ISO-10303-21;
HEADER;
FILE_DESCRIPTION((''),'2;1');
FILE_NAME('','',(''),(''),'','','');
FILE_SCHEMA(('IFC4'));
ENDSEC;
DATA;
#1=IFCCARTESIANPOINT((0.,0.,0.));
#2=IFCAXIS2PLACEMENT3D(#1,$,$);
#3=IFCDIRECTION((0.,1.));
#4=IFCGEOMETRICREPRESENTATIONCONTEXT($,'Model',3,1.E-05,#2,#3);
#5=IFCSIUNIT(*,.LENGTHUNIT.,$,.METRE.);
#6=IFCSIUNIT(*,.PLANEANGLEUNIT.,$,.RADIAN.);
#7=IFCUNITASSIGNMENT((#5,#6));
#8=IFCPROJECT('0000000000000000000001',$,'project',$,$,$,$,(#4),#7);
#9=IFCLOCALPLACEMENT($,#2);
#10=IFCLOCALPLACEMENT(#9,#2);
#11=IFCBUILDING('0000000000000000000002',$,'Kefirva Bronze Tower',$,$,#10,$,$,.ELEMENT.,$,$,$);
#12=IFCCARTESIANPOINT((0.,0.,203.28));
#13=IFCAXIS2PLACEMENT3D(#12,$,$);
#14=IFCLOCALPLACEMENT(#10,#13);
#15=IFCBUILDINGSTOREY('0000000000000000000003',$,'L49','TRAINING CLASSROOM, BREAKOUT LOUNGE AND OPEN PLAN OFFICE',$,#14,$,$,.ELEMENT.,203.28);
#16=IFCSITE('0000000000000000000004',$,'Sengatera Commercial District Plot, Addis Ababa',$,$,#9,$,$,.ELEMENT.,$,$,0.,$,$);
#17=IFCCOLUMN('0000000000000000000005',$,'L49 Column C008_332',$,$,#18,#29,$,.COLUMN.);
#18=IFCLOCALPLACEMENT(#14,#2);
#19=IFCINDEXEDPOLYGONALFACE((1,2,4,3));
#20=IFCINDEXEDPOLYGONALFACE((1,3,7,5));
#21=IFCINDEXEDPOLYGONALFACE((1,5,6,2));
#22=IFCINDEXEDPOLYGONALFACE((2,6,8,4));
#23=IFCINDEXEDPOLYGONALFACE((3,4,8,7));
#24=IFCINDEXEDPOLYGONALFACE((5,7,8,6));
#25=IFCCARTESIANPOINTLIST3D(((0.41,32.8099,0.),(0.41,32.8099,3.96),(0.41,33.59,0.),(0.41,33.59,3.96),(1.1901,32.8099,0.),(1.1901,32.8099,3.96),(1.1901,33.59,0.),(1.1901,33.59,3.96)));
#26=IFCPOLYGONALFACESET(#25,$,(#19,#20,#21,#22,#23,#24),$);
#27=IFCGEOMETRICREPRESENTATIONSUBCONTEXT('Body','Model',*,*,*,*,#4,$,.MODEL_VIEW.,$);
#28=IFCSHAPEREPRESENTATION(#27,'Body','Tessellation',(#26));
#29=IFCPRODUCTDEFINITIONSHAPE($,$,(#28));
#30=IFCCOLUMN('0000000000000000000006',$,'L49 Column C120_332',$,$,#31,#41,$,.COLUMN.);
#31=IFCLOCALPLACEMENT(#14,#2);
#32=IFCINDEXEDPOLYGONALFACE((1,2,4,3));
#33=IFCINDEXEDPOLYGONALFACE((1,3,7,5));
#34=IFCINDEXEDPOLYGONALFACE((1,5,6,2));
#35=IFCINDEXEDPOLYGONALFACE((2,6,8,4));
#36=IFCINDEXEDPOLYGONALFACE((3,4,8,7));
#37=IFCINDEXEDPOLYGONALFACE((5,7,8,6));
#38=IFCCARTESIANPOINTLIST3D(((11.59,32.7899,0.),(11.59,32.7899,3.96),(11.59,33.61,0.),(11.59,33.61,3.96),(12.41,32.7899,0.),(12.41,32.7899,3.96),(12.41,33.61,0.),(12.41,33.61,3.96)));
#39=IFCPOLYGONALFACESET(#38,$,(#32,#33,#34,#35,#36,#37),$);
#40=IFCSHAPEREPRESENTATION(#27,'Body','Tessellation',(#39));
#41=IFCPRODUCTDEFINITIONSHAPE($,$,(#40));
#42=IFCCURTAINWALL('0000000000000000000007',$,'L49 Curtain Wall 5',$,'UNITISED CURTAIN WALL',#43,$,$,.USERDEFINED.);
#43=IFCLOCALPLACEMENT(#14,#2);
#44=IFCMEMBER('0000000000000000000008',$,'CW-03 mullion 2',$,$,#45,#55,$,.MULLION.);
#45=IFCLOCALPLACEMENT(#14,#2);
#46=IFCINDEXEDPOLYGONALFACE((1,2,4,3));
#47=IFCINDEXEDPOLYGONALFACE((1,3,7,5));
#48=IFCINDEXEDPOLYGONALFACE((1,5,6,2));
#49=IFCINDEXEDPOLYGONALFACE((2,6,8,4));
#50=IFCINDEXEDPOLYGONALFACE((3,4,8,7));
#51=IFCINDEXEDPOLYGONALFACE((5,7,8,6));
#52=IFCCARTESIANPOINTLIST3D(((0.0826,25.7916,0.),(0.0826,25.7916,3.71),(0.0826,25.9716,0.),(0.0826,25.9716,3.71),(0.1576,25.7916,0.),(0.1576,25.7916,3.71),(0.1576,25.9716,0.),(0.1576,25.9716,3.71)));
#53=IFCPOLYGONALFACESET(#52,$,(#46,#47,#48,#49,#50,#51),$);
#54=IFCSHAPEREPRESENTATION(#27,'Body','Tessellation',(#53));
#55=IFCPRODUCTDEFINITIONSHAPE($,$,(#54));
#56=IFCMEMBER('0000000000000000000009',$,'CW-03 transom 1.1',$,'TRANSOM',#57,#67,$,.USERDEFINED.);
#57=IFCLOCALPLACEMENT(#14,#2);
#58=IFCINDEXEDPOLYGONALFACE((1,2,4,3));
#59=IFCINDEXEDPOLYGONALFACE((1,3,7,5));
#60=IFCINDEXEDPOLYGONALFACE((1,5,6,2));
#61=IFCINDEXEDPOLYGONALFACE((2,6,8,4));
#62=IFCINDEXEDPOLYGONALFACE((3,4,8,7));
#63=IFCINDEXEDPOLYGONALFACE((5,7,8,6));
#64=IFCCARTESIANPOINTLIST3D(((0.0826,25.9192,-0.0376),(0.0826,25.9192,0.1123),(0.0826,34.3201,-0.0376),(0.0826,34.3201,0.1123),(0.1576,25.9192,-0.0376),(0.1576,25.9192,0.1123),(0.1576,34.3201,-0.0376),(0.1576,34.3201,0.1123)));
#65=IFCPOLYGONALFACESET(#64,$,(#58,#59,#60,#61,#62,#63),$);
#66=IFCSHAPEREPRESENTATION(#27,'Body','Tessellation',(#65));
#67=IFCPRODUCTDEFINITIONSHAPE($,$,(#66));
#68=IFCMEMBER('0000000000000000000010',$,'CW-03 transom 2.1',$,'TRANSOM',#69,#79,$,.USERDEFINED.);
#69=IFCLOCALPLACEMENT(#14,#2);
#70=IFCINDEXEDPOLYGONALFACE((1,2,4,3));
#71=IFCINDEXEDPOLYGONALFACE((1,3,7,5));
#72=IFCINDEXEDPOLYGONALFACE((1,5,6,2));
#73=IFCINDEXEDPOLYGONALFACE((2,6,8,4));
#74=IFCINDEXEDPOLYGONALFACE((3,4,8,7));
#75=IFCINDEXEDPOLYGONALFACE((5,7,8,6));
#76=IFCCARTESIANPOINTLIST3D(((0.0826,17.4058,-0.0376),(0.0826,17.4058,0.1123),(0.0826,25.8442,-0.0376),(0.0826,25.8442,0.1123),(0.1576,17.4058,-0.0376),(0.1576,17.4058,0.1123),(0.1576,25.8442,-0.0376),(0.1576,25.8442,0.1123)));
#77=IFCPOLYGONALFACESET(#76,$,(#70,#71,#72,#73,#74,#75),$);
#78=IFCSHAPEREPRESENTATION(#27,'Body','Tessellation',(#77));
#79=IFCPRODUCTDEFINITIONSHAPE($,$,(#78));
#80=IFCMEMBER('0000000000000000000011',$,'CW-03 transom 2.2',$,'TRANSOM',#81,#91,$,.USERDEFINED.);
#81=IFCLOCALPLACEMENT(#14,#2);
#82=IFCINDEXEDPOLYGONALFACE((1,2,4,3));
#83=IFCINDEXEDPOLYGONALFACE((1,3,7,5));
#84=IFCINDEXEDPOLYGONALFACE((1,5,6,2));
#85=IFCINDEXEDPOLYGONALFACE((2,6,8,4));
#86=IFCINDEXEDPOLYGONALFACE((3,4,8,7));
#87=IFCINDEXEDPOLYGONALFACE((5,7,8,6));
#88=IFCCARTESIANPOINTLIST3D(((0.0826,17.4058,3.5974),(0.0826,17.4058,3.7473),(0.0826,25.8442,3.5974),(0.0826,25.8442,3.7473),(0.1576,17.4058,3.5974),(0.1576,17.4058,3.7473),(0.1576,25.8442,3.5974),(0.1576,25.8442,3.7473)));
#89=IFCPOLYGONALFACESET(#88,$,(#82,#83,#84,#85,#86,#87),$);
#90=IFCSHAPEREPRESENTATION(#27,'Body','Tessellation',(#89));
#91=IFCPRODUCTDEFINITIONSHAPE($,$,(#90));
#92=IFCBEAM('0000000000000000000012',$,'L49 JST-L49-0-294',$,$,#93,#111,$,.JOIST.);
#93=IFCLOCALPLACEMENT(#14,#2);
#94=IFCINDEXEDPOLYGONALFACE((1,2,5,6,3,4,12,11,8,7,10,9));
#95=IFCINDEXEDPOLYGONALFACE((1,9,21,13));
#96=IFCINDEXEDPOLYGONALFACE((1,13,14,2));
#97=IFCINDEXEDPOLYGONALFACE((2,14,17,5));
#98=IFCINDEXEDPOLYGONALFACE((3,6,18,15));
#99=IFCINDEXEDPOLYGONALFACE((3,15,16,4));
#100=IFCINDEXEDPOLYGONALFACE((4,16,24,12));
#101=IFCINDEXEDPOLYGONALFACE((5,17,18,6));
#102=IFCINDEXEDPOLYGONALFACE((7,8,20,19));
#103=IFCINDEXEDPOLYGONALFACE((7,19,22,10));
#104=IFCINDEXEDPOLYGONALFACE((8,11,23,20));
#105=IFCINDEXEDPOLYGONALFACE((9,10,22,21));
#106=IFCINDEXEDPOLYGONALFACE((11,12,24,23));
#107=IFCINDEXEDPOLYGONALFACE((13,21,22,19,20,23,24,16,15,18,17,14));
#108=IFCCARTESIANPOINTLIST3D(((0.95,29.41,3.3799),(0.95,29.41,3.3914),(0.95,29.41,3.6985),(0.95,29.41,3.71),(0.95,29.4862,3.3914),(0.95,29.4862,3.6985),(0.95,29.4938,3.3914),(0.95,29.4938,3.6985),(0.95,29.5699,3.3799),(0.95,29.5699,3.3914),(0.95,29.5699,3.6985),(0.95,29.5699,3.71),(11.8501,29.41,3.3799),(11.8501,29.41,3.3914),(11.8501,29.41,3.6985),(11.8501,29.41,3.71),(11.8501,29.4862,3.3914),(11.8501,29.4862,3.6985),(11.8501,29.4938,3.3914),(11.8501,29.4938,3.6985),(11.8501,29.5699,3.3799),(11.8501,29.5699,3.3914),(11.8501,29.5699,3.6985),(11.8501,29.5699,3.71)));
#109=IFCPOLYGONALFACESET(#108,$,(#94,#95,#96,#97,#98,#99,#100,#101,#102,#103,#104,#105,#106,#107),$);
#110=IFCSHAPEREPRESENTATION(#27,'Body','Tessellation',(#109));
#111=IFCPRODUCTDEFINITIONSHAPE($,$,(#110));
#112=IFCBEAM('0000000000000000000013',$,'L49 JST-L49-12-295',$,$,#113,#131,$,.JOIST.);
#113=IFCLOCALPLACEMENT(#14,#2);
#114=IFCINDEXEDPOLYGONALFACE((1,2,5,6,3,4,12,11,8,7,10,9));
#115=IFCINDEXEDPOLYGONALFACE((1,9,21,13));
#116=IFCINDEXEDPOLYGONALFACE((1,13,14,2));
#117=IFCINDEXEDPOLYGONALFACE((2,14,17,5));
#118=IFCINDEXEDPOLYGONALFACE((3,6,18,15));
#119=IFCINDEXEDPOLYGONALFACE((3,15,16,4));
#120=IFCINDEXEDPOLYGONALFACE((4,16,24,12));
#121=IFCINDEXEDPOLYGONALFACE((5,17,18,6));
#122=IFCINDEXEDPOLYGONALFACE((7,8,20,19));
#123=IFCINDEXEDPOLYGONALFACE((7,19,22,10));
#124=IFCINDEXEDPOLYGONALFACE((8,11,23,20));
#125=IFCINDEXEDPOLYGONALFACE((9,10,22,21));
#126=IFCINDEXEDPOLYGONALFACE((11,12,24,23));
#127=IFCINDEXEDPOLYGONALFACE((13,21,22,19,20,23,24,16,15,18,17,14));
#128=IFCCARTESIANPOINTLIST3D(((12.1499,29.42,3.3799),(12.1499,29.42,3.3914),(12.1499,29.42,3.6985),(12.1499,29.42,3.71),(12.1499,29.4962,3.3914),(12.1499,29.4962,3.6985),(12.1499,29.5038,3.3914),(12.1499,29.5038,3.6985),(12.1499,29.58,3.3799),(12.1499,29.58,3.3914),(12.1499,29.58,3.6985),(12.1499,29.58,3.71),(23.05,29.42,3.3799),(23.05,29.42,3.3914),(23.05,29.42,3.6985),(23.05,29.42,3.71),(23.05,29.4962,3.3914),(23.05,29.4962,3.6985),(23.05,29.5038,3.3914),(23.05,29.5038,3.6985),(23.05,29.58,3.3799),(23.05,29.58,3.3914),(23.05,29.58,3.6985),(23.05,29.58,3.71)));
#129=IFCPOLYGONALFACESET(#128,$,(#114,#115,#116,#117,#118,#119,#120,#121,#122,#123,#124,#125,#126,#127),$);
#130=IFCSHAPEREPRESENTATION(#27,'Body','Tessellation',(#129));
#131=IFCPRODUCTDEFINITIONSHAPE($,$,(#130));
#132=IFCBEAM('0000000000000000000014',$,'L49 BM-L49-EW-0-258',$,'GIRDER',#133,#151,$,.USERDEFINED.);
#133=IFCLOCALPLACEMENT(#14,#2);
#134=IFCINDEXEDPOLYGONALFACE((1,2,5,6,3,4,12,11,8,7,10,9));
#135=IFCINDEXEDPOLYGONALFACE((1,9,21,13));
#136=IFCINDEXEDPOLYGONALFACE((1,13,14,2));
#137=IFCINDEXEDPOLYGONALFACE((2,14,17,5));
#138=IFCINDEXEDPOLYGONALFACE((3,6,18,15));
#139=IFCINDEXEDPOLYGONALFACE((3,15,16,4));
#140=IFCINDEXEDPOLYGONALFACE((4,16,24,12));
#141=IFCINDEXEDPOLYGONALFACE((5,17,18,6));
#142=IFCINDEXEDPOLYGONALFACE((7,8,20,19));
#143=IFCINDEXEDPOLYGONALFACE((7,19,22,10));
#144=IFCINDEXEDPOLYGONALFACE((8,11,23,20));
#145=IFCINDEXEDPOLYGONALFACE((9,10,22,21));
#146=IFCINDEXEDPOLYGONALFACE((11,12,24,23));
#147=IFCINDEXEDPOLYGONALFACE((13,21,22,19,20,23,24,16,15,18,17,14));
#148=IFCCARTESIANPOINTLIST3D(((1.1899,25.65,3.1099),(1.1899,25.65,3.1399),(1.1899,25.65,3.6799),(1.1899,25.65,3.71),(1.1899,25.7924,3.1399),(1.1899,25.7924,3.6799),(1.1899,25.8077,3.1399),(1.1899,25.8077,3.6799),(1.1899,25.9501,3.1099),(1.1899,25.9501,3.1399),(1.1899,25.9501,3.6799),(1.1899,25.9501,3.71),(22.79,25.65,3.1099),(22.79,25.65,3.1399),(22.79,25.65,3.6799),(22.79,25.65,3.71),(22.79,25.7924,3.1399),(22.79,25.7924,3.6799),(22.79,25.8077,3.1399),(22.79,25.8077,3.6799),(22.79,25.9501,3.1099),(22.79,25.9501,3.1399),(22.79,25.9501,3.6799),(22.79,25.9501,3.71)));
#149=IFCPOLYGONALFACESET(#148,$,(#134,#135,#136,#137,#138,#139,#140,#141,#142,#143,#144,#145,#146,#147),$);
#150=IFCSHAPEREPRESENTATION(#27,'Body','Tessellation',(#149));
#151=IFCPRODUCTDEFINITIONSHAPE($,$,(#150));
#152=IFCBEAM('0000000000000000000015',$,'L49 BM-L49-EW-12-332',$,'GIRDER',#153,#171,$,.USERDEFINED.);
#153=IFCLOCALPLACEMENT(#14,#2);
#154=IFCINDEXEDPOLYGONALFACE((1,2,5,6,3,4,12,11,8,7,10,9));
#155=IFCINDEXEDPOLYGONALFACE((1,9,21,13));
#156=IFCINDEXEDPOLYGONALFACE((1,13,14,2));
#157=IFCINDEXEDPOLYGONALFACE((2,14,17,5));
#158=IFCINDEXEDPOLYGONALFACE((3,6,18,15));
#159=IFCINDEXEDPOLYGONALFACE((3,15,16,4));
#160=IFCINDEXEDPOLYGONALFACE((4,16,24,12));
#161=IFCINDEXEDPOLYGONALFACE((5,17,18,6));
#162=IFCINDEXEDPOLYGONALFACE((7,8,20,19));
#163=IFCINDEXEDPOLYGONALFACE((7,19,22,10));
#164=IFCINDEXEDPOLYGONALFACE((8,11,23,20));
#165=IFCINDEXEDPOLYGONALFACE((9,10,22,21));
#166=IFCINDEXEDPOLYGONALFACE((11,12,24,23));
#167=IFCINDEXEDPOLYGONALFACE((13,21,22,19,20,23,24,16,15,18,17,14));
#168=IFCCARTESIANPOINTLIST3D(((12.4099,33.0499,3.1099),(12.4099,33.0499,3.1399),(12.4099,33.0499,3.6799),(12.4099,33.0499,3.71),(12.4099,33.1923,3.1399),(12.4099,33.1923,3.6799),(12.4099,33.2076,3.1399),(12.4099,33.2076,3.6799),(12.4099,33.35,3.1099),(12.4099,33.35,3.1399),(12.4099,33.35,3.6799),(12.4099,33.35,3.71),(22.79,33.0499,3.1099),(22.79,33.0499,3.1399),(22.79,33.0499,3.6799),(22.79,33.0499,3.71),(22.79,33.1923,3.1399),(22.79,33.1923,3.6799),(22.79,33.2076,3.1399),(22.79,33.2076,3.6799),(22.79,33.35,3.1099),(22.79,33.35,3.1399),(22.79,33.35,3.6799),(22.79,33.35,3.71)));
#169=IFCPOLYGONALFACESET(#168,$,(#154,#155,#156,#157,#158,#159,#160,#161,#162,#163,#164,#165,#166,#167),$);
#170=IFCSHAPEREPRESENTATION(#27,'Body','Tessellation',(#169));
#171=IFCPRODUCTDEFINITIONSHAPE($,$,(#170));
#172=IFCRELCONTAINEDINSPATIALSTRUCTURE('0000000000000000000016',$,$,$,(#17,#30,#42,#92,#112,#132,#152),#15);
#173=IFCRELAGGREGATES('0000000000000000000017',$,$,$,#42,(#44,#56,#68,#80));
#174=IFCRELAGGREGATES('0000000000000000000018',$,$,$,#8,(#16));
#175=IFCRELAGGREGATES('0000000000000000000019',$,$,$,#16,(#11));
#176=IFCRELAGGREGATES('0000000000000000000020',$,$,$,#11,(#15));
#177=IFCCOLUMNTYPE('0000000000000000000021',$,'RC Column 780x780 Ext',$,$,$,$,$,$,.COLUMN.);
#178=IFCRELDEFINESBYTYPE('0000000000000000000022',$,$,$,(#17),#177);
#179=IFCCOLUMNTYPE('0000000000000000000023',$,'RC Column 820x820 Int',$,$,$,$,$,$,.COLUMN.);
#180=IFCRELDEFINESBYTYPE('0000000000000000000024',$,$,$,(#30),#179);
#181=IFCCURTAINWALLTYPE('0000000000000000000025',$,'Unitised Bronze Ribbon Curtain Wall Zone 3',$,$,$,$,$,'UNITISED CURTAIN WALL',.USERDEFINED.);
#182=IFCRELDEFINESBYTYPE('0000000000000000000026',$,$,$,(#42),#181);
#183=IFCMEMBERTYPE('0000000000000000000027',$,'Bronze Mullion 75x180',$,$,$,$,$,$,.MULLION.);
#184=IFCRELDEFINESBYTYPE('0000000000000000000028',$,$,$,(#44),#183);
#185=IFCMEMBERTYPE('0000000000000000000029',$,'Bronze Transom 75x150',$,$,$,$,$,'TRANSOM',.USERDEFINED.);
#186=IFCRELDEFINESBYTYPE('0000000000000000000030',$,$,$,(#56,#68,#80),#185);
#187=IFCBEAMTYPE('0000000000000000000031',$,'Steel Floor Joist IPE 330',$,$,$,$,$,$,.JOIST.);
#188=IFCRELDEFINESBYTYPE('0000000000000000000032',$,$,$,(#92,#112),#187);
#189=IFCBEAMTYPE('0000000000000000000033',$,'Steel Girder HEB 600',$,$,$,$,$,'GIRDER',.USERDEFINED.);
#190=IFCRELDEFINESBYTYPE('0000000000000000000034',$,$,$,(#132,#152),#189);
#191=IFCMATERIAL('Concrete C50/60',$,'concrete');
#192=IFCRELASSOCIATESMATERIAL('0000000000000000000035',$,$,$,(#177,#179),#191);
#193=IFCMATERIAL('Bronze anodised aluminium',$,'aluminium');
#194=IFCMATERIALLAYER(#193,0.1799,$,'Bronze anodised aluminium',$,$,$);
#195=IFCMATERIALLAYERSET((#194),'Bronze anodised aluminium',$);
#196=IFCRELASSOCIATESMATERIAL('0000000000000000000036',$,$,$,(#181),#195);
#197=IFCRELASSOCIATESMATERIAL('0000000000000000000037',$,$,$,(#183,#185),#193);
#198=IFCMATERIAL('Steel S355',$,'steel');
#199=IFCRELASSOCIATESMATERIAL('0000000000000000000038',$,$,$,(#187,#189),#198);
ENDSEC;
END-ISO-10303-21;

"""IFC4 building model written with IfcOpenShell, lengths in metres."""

from ifc_helpers import new_model, si_unit, direction, frame, origin, origin_2d, place, context, subcontext, project, spatial, rectangle, i_section, extrude, material, layer, layer_set, material_profile, profile_set, type_object, element, aggregate, save


model = new_model("IFC4")

# Units and contexts
model_context = context("Model", 3, precision=1e-05, world=origin(), true_north=direction((0.0, 1.0)))
body_context = subcontext(model_context, "Body", "Model", "MODEL_VIEW")
ifc_project = project(units=[si_unit("LENGTHUNIT", "METRE"), si_unit("PLANEANGLEUNIT", "RADIAN")], contexts=[model_context])

# Site, building, storey
site_placement = place(None, origin())
site = spatial("IfcSite", under=ifc_project, at=site_placement, Name="Sengatera Commercial District Plot, Addis Ababa", CompositionType="ELEMENT", RefElevation=0.0)
building_placement = place(site_placement, origin())
building = spatial("IfcBuilding", under=site, at=building_placement, Name="Kefirva Bronze Tower", CompositionType="ELEMENT")
storey_placement = place(building_placement, frame((0.0, 0.0, 203.28)))
storey = spatial("IfcBuildingStorey", under=building, at=storey_placement, Name="L49", Description="TRAINING CLASSROOM, BREAKOUT LOUNGE AND OPEN PLAN OFFICE", CompositionType="ELEMENT", Elevation=203.28)

# Columns
ifc_material_1 = material(Name="Concrete C50/60", Category="concrete")
ifc_material_profile_1 = material_profile(ifc_material_1, rectangle(XDim=0.78, YDim=0.78, at=origin_2d()), Name="RC 780x780")
ifc_profile_set_1 = profile_set([ifc_material_profile_1], Name="Concrete C50/60")
column_type_1 = type_object("IfcColumnType", Name="RC Column 780x780 Ext", PredefinedType="COLUMN", material=ifc_profile_set_1)
column_1_placement = place(storey_placement, frame((0.8, 33.2, 0.0), z_axis=(0.0, 0.0, 1.0), x_axis=(1.0, 0.0, 0.0)))
element("IfcColumn", 1, at=column_1_placement, inside=storey, type_object=column_type_1, Name="L49 Column C008_332", PredefinedType="COLUMN", context=body_context, shape_type="SweptSolid", body=[
    extrude(rectangle(XDim=0.78, YDim=0.78, at=origin_2d()), origin(), (0.0, 0.0, 1.0), 3.96),
])
ifc_material_profile_2 = material_profile(ifc_material_1, rectangle(XDim=0.8201, YDim=0.8201, at=origin_2d()), Name="RC 820x820")
ifc_profile_set_2 = profile_set([ifc_material_profile_2], Name="Concrete C50/60")
column_type_2 = type_object("IfcColumnType", Name="RC Column 820x820 Int", PredefinedType="COLUMN", material=ifc_profile_set_2)
column_2_placement = place(storey_placement, frame((12.0, 33.2, 0.0), z_axis=(0.0, 0.0, 1.0), x_axis=(1.0, 0.0, 0.0)))
element("IfcColumn", 2, at=column_2_placement, inside=storey, type_object=column_type_2, Name="L49 Column C120_332", PredefinedType="COLUMN", context=body_context, shape_type="SweptSolid", body=[
    extrude(rectangle(XDim=0.8201, YDim=0.8201, at=origin_2d()), origin(), (0.0, 0.0, 1.0), 3.96),
])

# Curtain wall, members
ifc_material_2 = material(Name="Bronze anodised aluminium", Category="aluminium")
ifc_layer_1 = layer(ifc_material_2, 0.1799, Name="Bronze anodised aluminium")
ifc_layer_set_1 = layer_set([ifc_layer_1], Name="Bronze anodised aluminium")
curtain_wall_type = type_object("IfcCurtainWallType", Name="Unitised Bronze Ribbon Curtain Wall Zone 3", ElementType="UNITISED CURTAIN WALL", PredefinedType="USERDEFINED", material=ifc_layer_set_1)
curtain_wall_placement = place(storey_placement, origin())
curtain_wall = element("IfcCurtainWall", 3, at=curtain_wall_placement, inside=storey, type_object=curtain_wall_type, Name="L49 Curtain Wall 5", ObjectType="UNITISED CURTAIN WALL", PredefinedType="USERDEFINED")
ifc_material_profile_3 = material_profile(ifc_material_2, rectangle(XDim=0.075, YDim=0.1799, at=origin_2d()), Name="ALU 75x180")
ifc_profile_set_3 = profile_set([ifc_material_profile_3], Name="Bronze anodised aluminium")
member_type_1 = type_object("IfcMemberType", Name="Bronze Mullion 75x180", PredefinedType="MULLION", material=ifc_profile_set_3)
member_1_placement = place(storey_placement, frame((0.1201, 25.8816, 0.0), z_axis=(0.0, 0.0, 1.0), x_axis=(1.0, 0.0, 0.0)))
member_1 = element("IfcMember", 4, at=member_1_placement, type_object=member_type_1, Name="CW-03 mullion 2", PredefinedType="MULLION", context=body_context, shape_type="SweptSolid", body=[
    extrude(rectangle(XDim=0.075, YDim=0.1799, at=origin_2d()), origin(), (0.0, 0.0, 1.0), 3.71),
])
ifc_material_profile_4 = material_profile(ifc_material_2, rectangle(XDim=0.075, YDim=0.1499, at=origin_2d()), Name="ALU 75x150")
ifc_profile_set_4 = profile_set([ifc_material_profile_4], Name="Bronze anodised aluminium")
member_type_2 = type_object("IfcMemberType", Name="Bronze Transom 75x150", ElementType="TRANSOM", PredefinedType="USERDEFINED", material=ifc_profile_set_4)
member_2_placement = place(storey_placement, frame((0.1201, 34.3201, 0.0374), z_axis=(0.0, -1.0, 0.0), x_axis=(1.0, 0.0, 0.0)))
member_2 = element("IfcMember", 5, at=member_2_placement, type_object=member_type_2, Name="CW-03 transom 1.1", ObjectType="TRANSOM", PredefinedType="USERDEFINED", context=body_context, shape_type="SweptSolid", body=[
    extrude(rectangle(XDim=0.075, YDim=0.1499, at=origin_2d()), origin(), (0.0, 0.0, 1.0), 8.4009),
])
member_3_placement = place(storey_placement, frame((0.1201, 25.8442, 0.0374), z_axis=(0.0, -1.0, 0.0), x_axis=(1.0, 0.0, 0.0)))
member_3 = element("IfcMember", 6, at=member_3_placement, type_object=member_type_2, Name="CW-03 transom 2.1", ObjectType="TRANSOM", PredefinedType="USERDEFINED", context=body_context, shape_type="SweptSolid", body=[
    extrude(rectangle(XDim=0.075, YDim=0.1499, at=origin_2d()), origin(), (0.0, 0.0, 1.0), 8.4385),
])
member_4_placement = place(storey_placement, frame((0.1201, 25.8442, 3.6724), z_axis=(0.0, -1.0, 0.0), x_axis=(1.0, 0.0, 0.0)))
member_4 = element("IfcMember", 7, at=member_4_placement, type_object=member_type_2, Name="CW-03 transom 2.2", ObjectType="TRANSOM", PredefinedType="USERDEFINED", context=body_context, shape_type="SweptSolid", body=[
    extrude(rectangle(XDim=0.075, YDim=0.1499, at=origin_2d()), origin(), (0.0, 0.0, 1.0), 8.4385),
])

# Beams
ifc_material_3 = material(Name="Steel S355", Category="steel")
ifc_material_profile_5 = material_profile(ifc_material_3, i_section(OverallWidth=0.1599, OverallDepth=0.3301, WebThickness=0.0076, FlangeThickness=0.0115, at=origin_2d()), Name="IPE 330")
ifc_profile_set_5 = profile_set([ifc_material_profile_5], Name="Steel S355")
beam_type_1 = type_object("IfcBeamType", Name="Steel Floor Joist IPE 330", PredefinedType="JOIST", material=ifc_profile_set_5)
for number, where, z_axis, x_axis, name in (
    (8, (0.95, 29.49, 3.5449), (1.0, 0.0, 0.0), (0.0, 1.0, 0.0), "L49 JST-L49-0-294"),
    (9, (12.1499, 29.5, 3.5449), (1.0, 0.0, 0.0), (0.0, 1.0, 0.0), "L49 JST-L49-12-295"),
):
    element("IfcBeam", number, at=place(storey_placement, frame(where, z_axis=z_axis, x_axis=x_axis)), inside=storey, type_object=beam_type_1, Name=name, PredefinedType="JOIST", context=body_context, shape_type="SweptSolid", body=[
        extrude(i_section(OverallWidth=0.1599, OverallDepth=0.3301, WebThickness=0.0076, FlangeThickness=0.0115, at=origin_2d()), origin(), (0.0, 0.0, 1.0), 10.9001),
    ])
ifc_material_profile_6 = material_profile(ifc_material_3, i_section(OverallWidth=0.3, OverallDepth=0.6001, WebThickness=0.0154, FlangeThickness=0.03, at=origin_2d()), Name="HEB 600")
ifc_profile_set_6 = profile_set([ifc_material_profile_6], Name="Steel S355")
beam_type_2 = type_object("IfcBeamType", Name="Steel Girder HEB 600", ElementType="GIRDER", PredefinedType="USERDEFINED", material=ifc_profile_set_6)
beam_1_placement = place(storey_placement, frame((1.1899, 25.8, 3.4099), z_axis=(1.0, 0.0, 0.0), x_axis=(0.0, 1.0, 0.0)))
element("IfcBeam", 10, at=beam_1_placement, inside=storey, type_object=beam_type_2, Name="L49 BM-L49-EW-0-258", ObjectType="GIRDER", PredefinedType="USERDEFINED", context=body_context, shape_type="SweptSolid", body=[
    extrude(i_section(OverallWidth=0.3, OverallDepth=0.6001, WebThickness=0.0154, FlangeThickness=0.03, at=origin_2d()), origin(), (0.0, 0.0, 1.0), 21.6001),
])
beam_2_placement = place(storey_placement, frame((12.4099, 33.2, 3.4099), z_axis=(1.0, 0.0, 0.0), x_axis=(0.0, 1.0, 0.0)))
element("IfcBeam", 11, at=beam_2_placement, inside=storey, type_object=beam_type_2, Name="L49 BM-L49-EW-12-332", ObjectType="GIRDER", PredefinedType="USERDEFINED", context=body_context, shape_type="SweptSolid", body=[
    extrude(i_section(OverallWidth=0.3, OverallDepth=0.6001, WebThickness=0.0154, FlangeThickness=0.03, at=origin_2d()), origin(), (0.0, 0.0, 1.0), 10.3801),
])

aggregate(curtain_wall, [member_1, member_2, member_3, member_4])

save(model, "model.ifc")
